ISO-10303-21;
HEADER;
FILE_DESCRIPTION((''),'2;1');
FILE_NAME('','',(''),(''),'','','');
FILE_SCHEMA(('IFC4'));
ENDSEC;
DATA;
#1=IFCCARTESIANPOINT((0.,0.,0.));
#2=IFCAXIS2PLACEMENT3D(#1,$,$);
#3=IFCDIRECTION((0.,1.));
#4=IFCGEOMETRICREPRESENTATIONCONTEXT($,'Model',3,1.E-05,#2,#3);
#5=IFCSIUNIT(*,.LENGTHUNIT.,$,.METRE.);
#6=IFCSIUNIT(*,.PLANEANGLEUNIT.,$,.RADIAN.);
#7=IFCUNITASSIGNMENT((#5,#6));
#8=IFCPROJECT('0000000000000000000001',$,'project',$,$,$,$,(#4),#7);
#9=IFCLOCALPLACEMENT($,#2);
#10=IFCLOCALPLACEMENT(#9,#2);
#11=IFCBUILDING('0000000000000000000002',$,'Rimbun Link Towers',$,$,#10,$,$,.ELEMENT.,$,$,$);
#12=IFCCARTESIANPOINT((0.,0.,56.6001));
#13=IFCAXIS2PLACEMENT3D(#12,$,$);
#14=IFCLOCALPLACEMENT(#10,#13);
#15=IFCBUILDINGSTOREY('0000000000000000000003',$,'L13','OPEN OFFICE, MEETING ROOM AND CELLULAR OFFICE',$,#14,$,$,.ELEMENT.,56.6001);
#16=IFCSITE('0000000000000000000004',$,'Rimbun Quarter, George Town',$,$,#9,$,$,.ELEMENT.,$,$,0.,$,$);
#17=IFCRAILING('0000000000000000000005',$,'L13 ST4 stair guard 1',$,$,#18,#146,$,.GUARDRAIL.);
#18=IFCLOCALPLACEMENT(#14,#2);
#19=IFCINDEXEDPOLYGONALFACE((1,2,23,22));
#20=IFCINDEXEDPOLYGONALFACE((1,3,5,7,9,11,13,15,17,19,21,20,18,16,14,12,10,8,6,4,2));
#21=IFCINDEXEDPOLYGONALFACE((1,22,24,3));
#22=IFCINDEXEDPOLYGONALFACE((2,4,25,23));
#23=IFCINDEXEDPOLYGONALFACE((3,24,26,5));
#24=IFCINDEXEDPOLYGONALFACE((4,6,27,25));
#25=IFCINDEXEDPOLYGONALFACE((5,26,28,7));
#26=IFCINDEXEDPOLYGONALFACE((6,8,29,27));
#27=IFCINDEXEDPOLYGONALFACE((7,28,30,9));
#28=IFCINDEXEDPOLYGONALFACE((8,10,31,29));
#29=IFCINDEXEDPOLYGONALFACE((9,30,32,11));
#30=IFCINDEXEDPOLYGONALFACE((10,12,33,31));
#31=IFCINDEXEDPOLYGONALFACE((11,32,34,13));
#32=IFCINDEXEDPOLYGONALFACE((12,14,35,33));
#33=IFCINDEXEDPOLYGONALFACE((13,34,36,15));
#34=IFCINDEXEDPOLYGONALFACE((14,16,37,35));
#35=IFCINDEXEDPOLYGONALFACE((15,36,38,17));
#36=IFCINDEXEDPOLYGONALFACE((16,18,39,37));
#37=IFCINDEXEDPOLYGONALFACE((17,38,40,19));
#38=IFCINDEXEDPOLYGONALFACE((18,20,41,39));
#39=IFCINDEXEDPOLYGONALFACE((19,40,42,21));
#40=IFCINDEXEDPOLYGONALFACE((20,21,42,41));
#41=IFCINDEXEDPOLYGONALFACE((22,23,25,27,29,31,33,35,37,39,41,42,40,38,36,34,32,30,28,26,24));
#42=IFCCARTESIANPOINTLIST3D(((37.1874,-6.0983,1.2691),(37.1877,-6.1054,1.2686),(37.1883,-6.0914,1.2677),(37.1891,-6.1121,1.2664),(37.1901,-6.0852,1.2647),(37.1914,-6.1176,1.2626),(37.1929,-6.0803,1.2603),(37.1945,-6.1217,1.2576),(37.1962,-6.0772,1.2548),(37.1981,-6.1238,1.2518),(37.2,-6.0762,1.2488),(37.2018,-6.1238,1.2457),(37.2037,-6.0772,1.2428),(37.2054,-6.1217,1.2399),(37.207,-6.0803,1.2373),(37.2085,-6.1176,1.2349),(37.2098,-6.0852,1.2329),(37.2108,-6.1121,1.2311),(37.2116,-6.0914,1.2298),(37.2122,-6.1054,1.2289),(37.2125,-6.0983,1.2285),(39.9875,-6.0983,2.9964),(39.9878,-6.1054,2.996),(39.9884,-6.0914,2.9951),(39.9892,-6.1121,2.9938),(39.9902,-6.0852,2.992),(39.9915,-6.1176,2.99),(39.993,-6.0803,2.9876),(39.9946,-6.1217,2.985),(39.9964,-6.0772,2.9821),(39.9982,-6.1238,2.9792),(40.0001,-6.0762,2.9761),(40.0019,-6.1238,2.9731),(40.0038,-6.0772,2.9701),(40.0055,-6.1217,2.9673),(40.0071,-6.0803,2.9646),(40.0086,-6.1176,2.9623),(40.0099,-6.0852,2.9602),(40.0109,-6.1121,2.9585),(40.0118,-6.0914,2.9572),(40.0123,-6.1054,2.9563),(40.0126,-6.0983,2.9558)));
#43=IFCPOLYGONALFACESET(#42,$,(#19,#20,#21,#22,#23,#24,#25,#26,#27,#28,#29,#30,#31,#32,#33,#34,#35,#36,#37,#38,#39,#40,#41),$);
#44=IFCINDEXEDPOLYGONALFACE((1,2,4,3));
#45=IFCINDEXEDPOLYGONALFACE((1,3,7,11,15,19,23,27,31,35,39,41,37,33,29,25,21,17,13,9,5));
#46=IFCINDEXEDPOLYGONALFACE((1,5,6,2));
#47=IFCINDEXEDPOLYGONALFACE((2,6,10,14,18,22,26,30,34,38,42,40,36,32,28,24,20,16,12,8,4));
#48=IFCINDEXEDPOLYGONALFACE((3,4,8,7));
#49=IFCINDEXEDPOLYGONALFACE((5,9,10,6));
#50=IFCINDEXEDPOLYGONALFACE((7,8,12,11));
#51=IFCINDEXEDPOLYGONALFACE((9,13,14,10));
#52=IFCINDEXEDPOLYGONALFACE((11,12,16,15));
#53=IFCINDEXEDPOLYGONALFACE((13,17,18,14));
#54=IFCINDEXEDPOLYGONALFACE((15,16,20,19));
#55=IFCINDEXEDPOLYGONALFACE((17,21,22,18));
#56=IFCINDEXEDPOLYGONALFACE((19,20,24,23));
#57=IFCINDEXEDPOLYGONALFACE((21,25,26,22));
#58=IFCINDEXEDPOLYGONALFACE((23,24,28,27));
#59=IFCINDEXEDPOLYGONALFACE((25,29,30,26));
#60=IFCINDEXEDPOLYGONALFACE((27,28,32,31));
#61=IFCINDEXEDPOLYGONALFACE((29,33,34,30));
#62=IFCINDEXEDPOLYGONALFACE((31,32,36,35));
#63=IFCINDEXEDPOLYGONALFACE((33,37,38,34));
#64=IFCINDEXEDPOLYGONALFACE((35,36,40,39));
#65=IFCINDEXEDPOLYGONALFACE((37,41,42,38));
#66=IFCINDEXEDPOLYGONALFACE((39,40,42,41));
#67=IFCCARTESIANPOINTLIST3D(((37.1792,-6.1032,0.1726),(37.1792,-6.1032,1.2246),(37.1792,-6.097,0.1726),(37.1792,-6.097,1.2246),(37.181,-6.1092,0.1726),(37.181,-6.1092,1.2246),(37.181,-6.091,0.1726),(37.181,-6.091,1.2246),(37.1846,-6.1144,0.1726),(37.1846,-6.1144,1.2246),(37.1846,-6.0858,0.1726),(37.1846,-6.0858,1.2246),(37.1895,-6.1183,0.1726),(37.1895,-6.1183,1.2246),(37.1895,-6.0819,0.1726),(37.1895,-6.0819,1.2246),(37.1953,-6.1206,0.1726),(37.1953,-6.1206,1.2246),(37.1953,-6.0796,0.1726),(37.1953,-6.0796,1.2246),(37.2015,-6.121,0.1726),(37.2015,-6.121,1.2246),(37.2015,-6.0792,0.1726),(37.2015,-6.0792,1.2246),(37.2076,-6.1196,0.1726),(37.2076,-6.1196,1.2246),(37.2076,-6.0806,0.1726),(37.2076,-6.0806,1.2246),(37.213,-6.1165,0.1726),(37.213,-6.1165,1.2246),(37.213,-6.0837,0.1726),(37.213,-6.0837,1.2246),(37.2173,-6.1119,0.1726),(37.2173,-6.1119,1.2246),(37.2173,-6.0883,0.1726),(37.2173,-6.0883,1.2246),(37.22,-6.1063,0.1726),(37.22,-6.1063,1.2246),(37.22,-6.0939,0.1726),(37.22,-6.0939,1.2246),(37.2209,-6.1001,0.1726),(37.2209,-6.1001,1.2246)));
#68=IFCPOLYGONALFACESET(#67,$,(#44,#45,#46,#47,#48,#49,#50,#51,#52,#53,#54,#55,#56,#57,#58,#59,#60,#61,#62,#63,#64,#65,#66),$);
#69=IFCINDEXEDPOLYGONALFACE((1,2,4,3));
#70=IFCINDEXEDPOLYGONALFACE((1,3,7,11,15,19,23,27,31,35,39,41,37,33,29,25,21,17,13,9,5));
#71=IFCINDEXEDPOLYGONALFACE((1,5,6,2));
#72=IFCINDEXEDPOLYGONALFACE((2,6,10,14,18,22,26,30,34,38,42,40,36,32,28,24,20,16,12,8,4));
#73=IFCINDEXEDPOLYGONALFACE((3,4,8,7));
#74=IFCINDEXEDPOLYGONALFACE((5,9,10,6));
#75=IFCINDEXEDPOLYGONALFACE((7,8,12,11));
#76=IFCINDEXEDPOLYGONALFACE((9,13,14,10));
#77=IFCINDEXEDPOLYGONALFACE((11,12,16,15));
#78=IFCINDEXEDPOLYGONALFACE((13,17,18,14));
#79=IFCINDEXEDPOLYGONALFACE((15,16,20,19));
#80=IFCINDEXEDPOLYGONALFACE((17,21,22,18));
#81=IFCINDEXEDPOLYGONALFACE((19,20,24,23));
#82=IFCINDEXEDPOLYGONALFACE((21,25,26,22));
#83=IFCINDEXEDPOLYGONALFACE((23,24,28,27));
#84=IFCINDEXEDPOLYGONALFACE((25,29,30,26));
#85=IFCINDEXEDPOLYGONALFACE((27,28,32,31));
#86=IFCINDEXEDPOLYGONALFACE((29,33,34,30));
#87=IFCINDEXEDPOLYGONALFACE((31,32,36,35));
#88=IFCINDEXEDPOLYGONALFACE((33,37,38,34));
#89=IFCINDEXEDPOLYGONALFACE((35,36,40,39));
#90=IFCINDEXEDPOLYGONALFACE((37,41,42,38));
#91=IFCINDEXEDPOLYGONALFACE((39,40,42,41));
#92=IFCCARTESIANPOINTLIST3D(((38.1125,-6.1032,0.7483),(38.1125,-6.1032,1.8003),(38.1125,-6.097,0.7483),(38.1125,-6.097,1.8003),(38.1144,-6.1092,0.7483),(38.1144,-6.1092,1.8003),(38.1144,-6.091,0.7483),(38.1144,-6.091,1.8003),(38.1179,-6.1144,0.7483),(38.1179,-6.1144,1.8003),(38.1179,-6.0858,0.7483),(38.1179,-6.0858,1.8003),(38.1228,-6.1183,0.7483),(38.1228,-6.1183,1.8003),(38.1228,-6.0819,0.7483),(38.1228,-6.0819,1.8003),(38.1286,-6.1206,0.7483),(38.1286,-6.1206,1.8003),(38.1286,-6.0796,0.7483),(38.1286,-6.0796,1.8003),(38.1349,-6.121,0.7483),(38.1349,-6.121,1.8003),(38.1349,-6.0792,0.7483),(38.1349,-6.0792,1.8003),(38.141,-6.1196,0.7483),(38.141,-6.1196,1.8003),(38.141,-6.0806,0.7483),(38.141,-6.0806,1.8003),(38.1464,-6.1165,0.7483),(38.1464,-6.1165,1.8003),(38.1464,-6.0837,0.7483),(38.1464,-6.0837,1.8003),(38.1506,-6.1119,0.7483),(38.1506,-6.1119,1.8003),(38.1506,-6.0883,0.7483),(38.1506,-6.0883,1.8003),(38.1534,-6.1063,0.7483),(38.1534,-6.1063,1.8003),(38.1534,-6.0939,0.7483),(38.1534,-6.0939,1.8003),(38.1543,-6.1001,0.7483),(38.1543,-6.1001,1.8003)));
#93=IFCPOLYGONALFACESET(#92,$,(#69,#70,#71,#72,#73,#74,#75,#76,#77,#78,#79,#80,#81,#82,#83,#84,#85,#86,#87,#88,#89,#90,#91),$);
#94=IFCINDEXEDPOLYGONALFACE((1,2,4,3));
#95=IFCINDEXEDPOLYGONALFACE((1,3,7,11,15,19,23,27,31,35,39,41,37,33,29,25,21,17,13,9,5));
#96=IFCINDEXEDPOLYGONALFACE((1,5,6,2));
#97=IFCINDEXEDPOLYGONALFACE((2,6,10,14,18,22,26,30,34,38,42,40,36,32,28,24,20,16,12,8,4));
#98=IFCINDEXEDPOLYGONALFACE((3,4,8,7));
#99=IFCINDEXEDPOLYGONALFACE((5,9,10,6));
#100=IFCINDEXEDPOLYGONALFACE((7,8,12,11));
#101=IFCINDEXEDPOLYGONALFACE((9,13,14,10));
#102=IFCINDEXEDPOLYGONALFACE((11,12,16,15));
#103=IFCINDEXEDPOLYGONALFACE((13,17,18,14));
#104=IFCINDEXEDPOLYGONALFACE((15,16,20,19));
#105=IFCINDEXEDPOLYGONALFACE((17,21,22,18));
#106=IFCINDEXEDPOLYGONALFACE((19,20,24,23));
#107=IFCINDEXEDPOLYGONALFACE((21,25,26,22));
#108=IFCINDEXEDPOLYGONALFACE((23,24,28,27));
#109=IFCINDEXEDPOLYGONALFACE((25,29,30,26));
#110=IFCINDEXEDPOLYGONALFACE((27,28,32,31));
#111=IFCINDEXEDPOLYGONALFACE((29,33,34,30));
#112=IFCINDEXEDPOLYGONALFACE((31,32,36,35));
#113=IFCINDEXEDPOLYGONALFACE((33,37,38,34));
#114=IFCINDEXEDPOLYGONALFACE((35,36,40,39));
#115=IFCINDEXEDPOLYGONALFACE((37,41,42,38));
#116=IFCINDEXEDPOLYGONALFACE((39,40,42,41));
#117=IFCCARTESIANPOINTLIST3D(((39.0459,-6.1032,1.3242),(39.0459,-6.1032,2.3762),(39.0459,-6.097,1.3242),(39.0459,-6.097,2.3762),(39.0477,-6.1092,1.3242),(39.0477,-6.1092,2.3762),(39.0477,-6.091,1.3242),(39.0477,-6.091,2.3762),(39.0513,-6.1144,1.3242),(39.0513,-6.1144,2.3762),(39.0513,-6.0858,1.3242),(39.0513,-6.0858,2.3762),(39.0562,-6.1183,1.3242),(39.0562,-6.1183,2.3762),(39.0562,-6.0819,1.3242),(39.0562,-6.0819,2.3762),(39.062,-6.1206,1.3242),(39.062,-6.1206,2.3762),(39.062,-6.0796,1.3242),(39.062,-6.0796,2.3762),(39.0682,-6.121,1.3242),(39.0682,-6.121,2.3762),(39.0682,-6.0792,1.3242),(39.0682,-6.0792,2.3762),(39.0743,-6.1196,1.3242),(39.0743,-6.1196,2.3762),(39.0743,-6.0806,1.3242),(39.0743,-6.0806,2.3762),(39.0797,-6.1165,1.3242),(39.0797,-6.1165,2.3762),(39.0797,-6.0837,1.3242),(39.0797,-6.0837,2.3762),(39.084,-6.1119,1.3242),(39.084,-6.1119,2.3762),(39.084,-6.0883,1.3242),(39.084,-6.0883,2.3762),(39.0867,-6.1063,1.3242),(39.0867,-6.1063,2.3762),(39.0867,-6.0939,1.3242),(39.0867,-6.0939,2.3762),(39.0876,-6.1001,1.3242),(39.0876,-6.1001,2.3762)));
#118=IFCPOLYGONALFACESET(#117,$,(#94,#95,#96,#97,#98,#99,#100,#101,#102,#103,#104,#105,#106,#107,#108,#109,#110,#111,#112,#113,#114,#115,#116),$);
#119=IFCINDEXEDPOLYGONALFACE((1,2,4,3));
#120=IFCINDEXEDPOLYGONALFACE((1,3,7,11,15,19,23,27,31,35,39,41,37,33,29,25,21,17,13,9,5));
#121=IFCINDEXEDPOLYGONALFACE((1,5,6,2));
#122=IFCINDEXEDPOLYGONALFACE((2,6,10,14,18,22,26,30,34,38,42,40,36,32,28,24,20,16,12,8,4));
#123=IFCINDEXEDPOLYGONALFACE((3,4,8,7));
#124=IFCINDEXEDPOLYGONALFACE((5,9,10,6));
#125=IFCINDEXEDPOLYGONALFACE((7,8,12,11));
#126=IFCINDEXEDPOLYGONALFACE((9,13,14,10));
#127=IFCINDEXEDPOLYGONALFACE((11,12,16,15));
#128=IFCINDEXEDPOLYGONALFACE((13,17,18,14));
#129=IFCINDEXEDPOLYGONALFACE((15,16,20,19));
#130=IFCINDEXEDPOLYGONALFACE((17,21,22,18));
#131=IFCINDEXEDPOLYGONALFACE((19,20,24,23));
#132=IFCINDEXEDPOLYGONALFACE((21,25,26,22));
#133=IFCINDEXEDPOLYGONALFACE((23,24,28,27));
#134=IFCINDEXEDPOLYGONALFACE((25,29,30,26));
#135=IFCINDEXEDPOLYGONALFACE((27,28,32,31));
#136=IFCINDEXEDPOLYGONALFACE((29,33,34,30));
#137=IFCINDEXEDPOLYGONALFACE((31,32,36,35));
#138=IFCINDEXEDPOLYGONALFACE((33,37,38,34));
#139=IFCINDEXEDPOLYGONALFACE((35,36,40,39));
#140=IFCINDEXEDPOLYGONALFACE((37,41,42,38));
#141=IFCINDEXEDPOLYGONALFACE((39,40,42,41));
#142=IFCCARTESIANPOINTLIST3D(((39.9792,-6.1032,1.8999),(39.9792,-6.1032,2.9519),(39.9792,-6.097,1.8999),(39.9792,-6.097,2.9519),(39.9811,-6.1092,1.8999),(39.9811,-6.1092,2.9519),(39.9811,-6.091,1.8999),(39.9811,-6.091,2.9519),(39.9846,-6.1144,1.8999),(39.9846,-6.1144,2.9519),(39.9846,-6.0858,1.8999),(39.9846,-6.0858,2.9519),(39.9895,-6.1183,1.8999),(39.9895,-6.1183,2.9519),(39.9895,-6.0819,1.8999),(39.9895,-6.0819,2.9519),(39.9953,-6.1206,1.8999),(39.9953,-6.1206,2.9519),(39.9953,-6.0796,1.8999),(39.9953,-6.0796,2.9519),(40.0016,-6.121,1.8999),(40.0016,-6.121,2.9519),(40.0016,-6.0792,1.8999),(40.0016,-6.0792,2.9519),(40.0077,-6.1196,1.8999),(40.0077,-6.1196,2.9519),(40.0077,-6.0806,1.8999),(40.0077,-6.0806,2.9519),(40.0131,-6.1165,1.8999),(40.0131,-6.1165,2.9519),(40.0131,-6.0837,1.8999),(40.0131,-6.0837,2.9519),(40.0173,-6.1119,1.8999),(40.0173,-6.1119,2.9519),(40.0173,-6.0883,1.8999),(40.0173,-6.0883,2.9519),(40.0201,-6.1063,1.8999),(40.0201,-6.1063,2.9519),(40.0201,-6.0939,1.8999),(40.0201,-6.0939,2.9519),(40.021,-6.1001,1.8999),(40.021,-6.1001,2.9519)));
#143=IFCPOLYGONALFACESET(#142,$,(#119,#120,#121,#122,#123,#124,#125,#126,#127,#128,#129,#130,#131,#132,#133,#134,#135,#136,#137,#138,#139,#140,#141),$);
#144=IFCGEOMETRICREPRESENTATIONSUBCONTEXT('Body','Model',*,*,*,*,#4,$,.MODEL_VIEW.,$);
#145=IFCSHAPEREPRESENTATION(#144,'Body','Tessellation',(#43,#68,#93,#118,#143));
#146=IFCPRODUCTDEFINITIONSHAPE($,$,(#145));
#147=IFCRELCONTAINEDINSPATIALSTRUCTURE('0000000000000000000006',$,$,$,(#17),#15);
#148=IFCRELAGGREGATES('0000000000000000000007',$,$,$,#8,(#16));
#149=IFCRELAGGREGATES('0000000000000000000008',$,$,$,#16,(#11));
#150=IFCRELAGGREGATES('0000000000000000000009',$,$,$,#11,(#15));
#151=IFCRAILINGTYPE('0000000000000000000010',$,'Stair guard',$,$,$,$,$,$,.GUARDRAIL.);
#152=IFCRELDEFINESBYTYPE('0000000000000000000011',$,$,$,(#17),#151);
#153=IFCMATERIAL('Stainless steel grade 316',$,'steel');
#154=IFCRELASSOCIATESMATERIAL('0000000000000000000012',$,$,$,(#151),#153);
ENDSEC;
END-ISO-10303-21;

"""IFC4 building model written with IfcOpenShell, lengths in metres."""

from ifc_helpers import new_model, si_unit, direction, frame, origin, origin_2d, place, context, subcontext, project, spatial, circle, extrude, material, type_object, element, save


model = new_model("IFC4")

# Units and contexts
model_context = context("Model", 3, precision=1e-05, world=origin(), true_north=direction((0.0, 1.0)))
body_context = subcontext(model_context, "Body", "Model", "MODEL_VIEW")
ifc_project = project(units=[si_unit("LENGTHUNIT", "METRE"), si_unit("PLANEANGLEUNIT", "RADIAN")], contexts=[model_context])

# Site, building, storey
site_placement = place(None, origin())
site = spatial("IfcSite", under=ifc_project, at=site_placement, Name="Rimbun Quarter, George Town", CompositionType="ELEMENT", RefElevation=0.0)
building_placement = place(site_placement, origin())
building = spatial("IfcBuilding", under=site, at=building_placement, Name="Rimbun Link Towers", CompositionType="ELEMENT")
storey_placement = place(building_placement, frame((0.0, 0.0, 56.6001)))
storey = spatial("IfcBuildingStorey", under=building, at=storey_placement, Name="L13", Description="OPEN OFFICE, MEETING ROOM AND CELLULAR OFFICE", CompositionType="ELEMENT", Elevation=56.6001)

# Railing
ifc_material_1 = material(Name="Stainless steel grade 316", Category="steel")
railing_type_1 = type_object("IfcRailingType", Name="Stair guard", PredefinedType="GUARDRAIL", material=ifc_material_1)
railing_1_placement = place(storey_placement, frame((37.2, -6.1001, 0.1726)))
element("IfcRailing", 1, at=railing_1_placement, inside=storey, type_object=railing_type_1, Name="L13 ST4 stair guard 1", PredefinedType="GUARDRAIL", context=body_context, shape_type="SweptSolid", body=[
    extrude(circle(Radius=0.0239, at=origin_2d()), frame((0.0, 0.0, 1.0762), z_axis=(0.85109, 0.0, 0.52502), x_axis=(0.0, 1.0, 0.0)), (0.0, 0.0, 1.0), 3.29),
    extrude(circle(Radius=0.021, at=origin_2d()), origin(), (0.0, 0.0, 1.0), 1.052),
    extrude(circle(Radius=0.021, at=origin_2d()), frame((0.9333, 0.0, 0.5757)), (0.0, 0.0, 1.0), 1.052),
    extrude(circle(Radius=0.021, at=origin_2d()), frame((1.8667, 0.0, 1.1516)), (0.0, 0.0, 1.0), 1.052),
    extrude(circle(Radius=0.021, at=origin_2d()), frame((2.8, 0.0, 1.7273)), (0.0, 0.0, 1.0), 1.052),
])

save(model, "model.ifc")
